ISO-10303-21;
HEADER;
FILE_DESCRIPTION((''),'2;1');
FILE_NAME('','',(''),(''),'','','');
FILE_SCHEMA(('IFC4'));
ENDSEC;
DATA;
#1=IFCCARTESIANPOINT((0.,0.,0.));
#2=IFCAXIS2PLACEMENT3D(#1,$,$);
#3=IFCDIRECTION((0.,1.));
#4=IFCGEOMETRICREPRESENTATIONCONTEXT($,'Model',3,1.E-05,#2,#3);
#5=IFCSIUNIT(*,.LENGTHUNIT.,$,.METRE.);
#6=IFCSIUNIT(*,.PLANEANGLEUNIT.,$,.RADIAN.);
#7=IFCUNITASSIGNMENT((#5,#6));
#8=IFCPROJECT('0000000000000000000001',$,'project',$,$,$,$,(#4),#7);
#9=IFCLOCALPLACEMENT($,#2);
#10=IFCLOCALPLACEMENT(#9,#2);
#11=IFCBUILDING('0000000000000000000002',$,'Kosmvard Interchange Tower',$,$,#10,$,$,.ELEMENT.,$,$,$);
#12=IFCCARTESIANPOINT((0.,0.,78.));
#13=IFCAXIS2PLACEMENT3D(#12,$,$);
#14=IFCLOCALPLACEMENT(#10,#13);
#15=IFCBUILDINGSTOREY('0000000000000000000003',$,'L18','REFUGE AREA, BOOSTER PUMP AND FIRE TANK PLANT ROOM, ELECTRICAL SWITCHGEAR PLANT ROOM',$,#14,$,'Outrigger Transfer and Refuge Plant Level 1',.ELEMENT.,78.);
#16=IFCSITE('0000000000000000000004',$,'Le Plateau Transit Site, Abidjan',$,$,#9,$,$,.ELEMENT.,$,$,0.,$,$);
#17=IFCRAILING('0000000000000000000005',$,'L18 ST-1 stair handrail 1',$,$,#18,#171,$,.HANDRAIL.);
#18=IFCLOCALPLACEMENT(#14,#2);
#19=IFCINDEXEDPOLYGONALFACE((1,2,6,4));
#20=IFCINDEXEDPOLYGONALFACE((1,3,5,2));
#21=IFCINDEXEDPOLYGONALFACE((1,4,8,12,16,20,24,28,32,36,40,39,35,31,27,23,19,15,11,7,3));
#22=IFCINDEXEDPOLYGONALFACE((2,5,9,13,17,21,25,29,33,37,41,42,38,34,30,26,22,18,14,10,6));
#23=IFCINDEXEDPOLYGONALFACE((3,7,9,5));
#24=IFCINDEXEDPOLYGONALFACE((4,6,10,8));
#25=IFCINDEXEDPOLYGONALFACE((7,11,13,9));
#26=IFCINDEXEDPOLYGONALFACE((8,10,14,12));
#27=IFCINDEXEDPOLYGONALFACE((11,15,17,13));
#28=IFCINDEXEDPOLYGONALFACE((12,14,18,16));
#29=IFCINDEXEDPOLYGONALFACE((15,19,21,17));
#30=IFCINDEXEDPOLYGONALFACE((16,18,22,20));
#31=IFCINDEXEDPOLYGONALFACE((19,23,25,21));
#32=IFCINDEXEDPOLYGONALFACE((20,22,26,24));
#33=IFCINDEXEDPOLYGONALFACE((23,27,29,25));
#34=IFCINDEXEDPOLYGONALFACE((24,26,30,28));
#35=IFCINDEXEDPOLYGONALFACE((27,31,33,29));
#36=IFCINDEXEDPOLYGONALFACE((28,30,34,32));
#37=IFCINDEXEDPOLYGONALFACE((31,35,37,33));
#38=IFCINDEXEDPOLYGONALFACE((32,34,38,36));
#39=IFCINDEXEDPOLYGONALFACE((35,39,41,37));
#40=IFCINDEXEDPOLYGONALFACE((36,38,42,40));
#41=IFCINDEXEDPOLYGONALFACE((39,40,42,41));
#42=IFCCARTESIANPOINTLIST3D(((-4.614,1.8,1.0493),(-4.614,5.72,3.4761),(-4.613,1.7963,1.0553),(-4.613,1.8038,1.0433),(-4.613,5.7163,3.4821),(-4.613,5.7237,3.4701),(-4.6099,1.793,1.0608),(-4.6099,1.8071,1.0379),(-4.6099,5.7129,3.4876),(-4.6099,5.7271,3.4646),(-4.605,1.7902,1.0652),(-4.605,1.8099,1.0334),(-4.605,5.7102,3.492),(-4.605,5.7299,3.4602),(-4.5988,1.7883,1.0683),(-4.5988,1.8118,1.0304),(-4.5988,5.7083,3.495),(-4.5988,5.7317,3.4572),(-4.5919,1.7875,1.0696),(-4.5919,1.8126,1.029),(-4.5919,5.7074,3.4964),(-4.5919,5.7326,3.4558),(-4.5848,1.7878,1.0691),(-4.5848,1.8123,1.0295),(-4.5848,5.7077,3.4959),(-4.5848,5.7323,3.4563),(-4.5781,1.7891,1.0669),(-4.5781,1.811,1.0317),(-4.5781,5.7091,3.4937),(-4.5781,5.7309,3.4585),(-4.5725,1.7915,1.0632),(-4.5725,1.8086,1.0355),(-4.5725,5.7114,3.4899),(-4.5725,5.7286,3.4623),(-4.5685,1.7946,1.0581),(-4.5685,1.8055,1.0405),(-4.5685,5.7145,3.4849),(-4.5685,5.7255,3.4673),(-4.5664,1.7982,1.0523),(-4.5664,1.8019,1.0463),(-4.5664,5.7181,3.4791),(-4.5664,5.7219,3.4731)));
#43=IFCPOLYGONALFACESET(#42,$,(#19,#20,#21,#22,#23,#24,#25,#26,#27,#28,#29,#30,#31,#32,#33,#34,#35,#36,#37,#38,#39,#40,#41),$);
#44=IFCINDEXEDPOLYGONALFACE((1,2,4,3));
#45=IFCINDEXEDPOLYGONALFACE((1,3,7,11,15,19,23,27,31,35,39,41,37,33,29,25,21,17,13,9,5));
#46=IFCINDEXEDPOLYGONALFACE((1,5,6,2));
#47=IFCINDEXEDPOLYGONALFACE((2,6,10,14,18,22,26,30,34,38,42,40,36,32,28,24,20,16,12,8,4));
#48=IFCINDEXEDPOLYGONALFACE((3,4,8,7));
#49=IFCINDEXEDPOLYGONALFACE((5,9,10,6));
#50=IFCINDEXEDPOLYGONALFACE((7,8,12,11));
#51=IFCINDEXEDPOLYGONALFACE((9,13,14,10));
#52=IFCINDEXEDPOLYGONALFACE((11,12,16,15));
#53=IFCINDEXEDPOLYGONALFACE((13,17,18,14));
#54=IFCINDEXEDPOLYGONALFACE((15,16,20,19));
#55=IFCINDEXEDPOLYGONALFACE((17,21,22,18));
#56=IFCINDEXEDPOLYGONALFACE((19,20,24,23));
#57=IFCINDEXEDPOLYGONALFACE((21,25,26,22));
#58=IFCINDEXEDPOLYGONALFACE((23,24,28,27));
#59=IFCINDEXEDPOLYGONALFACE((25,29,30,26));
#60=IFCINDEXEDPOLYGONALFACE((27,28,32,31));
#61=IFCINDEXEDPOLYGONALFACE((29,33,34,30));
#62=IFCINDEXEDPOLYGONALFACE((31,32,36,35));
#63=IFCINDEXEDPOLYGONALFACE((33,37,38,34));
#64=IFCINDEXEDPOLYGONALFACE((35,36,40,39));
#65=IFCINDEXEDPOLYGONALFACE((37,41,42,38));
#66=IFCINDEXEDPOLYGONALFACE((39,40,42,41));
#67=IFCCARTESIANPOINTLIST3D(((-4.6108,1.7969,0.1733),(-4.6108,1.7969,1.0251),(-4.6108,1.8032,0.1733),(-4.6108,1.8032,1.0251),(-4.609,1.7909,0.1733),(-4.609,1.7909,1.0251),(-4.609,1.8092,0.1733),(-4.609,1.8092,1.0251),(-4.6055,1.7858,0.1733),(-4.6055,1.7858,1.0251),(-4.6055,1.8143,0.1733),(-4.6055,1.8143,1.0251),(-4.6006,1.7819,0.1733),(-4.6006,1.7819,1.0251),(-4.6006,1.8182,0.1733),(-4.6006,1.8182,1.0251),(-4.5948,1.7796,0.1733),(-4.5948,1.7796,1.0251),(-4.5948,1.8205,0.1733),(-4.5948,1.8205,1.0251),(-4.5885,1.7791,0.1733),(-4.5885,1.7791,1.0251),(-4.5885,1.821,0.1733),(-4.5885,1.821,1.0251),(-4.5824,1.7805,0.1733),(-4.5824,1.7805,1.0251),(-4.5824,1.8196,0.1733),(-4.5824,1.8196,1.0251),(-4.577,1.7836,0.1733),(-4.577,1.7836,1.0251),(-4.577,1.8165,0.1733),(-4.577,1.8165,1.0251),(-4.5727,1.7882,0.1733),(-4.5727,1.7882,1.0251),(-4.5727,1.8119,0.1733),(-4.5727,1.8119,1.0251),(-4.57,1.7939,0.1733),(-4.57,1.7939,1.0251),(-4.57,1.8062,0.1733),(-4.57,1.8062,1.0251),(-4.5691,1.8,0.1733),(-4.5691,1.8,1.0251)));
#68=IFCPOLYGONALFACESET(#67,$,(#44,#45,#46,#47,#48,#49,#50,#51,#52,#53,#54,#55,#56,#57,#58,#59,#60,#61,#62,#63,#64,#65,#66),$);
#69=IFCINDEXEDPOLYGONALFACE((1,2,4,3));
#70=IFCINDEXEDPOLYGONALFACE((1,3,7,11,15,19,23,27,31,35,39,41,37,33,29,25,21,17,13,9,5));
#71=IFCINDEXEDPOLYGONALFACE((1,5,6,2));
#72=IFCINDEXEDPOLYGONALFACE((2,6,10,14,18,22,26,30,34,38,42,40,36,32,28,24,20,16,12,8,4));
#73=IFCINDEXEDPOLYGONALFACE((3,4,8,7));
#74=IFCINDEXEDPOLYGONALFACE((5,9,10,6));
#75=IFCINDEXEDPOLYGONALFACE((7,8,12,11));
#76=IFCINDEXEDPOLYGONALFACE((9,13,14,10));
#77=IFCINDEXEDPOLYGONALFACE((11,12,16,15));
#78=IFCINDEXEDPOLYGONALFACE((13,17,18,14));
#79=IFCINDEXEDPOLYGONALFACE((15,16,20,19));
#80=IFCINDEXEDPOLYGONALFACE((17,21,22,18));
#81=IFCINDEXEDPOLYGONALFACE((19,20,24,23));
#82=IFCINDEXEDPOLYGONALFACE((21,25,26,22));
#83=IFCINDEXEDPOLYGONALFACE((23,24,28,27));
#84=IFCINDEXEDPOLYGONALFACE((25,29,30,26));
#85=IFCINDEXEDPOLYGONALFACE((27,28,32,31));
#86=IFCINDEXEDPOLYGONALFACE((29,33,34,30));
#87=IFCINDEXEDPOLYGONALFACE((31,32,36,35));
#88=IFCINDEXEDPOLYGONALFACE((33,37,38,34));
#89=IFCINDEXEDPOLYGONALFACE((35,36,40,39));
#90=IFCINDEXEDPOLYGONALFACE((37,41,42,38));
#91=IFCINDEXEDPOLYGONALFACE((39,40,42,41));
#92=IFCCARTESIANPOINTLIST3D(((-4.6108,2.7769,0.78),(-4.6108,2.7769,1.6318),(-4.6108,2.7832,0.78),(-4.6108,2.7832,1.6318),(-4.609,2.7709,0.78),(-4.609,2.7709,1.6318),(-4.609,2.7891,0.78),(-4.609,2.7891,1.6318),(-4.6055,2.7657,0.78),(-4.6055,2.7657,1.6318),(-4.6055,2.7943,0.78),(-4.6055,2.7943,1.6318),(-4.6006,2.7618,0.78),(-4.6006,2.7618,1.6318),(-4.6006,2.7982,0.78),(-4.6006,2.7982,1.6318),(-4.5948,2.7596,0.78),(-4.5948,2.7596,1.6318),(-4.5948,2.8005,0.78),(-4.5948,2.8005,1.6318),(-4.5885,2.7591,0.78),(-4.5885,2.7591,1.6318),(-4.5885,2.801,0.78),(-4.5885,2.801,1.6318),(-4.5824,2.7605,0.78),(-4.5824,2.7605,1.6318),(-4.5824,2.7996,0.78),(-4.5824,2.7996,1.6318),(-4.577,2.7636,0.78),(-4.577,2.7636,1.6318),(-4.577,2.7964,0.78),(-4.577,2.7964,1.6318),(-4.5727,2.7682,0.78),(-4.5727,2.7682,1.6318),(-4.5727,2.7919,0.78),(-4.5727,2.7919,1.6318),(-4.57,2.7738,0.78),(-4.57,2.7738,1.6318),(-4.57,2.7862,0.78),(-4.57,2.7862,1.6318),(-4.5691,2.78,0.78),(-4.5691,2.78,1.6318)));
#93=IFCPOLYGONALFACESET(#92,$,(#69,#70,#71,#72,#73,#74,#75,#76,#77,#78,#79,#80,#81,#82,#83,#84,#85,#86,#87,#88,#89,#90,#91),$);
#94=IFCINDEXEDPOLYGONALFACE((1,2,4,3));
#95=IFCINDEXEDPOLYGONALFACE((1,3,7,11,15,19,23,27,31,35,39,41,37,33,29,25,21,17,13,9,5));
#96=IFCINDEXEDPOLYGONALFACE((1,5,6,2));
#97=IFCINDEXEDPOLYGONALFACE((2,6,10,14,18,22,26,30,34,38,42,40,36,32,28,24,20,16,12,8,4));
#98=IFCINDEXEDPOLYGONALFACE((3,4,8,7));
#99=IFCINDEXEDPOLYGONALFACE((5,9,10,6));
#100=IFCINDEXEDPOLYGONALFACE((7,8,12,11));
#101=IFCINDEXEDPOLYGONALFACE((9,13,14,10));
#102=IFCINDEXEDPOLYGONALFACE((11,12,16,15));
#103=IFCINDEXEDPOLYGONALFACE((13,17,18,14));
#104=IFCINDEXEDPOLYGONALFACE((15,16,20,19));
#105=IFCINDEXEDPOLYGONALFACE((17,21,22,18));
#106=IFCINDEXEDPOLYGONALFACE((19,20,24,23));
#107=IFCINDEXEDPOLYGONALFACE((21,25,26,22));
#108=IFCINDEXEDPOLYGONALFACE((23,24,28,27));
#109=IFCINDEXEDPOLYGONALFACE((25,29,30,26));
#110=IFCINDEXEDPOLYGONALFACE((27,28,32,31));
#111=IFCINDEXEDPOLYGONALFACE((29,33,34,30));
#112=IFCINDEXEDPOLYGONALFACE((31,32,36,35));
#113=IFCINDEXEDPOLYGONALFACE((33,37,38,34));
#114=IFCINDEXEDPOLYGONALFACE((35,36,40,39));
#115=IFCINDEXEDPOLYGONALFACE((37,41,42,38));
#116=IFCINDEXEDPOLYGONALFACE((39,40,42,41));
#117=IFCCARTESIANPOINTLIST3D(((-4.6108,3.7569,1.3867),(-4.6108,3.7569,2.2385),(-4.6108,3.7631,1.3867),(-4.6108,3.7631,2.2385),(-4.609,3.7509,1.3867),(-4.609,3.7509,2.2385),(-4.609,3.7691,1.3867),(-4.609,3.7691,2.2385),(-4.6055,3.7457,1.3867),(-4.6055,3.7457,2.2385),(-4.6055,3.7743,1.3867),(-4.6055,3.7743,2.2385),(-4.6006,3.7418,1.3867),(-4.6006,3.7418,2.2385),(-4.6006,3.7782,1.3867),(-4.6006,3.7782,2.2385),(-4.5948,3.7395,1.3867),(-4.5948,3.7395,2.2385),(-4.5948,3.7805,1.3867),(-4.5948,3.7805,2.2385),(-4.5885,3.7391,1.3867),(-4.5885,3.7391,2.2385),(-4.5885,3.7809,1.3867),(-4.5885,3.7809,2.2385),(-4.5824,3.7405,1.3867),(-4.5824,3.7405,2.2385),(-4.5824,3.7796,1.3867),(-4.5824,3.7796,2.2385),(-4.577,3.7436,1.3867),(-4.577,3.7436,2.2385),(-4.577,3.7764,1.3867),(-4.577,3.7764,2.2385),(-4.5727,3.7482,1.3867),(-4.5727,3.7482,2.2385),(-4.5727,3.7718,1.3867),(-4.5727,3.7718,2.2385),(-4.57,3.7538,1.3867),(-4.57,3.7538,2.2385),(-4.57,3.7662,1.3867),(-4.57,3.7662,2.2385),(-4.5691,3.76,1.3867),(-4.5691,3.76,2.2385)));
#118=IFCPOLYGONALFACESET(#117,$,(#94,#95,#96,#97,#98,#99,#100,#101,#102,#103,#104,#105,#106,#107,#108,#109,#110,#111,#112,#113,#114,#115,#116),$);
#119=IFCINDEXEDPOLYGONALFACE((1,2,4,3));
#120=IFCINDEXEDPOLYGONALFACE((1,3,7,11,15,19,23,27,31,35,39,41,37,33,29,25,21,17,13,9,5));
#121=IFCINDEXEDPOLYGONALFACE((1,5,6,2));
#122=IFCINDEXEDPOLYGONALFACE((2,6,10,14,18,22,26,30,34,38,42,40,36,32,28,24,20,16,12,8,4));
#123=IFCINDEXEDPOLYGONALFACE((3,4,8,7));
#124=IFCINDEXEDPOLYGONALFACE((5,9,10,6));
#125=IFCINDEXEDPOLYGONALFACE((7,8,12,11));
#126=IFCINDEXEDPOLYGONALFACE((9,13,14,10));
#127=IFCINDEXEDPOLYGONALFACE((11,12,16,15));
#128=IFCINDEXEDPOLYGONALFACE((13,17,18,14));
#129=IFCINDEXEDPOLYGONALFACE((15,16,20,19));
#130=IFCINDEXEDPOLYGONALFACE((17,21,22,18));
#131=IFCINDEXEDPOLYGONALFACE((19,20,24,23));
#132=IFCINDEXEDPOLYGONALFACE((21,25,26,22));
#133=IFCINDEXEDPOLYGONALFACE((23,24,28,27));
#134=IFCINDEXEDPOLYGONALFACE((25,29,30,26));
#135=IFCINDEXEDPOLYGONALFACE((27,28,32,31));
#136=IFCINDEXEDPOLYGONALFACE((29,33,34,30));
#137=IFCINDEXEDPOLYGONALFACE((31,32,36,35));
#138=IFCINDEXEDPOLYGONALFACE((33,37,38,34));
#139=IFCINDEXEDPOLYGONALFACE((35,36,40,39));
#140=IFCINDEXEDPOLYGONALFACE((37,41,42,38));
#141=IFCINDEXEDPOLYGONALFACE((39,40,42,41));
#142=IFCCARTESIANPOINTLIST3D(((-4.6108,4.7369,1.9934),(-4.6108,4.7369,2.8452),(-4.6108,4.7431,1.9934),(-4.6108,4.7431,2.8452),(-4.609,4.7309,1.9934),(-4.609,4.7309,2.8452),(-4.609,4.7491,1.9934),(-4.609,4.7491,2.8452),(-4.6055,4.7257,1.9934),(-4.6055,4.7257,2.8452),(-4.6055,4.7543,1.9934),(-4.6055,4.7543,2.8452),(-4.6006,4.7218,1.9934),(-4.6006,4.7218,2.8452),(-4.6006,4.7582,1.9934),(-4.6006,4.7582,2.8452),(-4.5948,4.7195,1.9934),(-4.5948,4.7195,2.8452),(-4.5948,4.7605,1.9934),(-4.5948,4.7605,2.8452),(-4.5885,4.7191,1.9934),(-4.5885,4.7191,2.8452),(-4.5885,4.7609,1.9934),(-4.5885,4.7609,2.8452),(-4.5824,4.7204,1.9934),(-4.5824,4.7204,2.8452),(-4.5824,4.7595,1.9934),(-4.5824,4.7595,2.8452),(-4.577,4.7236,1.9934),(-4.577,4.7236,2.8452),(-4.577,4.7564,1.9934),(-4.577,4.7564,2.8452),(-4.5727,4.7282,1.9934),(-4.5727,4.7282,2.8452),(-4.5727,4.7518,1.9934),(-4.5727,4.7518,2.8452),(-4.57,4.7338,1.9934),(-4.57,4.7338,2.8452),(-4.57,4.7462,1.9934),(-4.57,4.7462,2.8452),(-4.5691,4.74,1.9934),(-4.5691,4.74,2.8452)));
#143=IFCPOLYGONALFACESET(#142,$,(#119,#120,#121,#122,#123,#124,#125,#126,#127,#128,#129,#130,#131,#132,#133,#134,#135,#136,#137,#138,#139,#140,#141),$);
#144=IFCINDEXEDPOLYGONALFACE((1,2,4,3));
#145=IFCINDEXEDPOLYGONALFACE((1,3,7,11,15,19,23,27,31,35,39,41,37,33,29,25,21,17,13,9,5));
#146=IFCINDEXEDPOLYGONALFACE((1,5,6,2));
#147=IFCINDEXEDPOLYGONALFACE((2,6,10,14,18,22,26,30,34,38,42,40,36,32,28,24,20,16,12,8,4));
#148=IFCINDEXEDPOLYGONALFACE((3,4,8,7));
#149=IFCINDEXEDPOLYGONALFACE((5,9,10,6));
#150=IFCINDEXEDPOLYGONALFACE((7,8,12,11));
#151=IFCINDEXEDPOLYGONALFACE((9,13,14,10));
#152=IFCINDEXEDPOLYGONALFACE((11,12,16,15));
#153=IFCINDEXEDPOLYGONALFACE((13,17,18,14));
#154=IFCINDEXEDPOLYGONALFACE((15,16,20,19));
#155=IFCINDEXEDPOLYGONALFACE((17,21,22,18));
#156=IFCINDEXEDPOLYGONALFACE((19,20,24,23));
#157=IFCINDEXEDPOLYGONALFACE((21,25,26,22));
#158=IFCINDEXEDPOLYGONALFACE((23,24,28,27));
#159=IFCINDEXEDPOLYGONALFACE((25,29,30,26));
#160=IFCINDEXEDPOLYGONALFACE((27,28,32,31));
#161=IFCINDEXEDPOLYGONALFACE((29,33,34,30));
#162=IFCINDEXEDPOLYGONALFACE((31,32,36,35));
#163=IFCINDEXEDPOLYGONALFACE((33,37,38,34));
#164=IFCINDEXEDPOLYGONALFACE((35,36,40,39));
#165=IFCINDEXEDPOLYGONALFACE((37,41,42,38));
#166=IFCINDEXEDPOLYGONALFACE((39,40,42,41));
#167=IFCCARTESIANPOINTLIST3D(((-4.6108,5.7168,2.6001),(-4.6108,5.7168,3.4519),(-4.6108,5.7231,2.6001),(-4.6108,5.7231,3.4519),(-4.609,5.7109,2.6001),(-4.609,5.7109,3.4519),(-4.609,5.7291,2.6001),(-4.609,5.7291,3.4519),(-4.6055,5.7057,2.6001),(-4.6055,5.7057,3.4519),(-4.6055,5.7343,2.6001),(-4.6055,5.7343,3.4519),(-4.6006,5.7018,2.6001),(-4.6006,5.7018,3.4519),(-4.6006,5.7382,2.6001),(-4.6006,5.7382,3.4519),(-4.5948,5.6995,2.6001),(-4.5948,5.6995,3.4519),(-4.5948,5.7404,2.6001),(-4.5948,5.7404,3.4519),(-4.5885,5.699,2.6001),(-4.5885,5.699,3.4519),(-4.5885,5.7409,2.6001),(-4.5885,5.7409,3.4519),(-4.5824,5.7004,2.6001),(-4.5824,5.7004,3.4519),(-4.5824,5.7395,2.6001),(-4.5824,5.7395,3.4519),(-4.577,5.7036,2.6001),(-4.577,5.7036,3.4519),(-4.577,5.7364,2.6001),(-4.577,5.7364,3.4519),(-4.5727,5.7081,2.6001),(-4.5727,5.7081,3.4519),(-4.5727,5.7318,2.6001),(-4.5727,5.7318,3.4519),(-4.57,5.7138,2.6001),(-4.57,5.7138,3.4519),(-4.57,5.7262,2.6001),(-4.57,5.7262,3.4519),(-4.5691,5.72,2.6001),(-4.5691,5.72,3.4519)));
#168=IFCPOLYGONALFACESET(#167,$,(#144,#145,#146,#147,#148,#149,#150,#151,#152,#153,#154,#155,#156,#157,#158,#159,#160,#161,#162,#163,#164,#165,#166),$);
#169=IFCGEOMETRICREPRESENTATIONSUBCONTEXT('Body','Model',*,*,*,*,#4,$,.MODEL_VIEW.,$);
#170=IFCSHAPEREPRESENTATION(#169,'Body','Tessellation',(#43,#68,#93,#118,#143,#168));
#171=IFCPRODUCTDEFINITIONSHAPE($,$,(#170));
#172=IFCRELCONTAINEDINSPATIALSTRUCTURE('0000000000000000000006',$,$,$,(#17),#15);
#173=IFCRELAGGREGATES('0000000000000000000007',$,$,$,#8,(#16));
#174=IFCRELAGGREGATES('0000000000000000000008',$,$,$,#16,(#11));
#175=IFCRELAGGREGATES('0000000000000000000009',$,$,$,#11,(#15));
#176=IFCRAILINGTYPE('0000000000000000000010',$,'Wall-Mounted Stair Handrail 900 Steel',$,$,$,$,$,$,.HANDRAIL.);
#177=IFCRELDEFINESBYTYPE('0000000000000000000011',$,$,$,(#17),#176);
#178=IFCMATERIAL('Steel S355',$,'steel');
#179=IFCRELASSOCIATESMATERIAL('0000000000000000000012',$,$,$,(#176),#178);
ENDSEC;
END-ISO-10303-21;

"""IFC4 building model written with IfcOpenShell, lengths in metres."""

from ifc_helpers import new_model, si_unit, direction, frame, origin, origin_2d, place, context, subcontext, project, spatial, circle, extrude, source, transform, mapped, material, type_object, element, save


model = new_model("IFC4")

# Units and contexts
model_context = context("Model", 3, precision=1e-05, world=origin(), true_north=direction((0.0, 1.0)))
body_context = subcontext(model_context, "Body", "Model", "MODEL_VIEW")
ifc_project = project(units=[si_unit("LENGTHUNIT", "METRE"), si_unit("PLANEANGLEUNIT", "RADIAN")], contexts=[model_context])

# Site, building, storey
site_placement = place(None, origin())
site = spatial("IfcSite", under=ifc_project, at=site_placement, Name="Le Plateau Transit Site, Abidjan", CompositionType="ELEMENT", RefElevation=0.0)
building_placement = place(site_placement, origin())
building = spatial("IfcBuilding", under=site, at=building_placement, Name="Kosmvard Interchange Tower", CompositionType="ELEMENT")
storey_placement = place(building_placement, frame((0.0, 0.0, 78.0)))
storey = spatial("IfcBuildingStorey", under=building, at=storey_placement, Name="L18", Description="REFUGE AREA, BOOSTER PUMP AND FIRE TANK PLANT ROOM, ELECTRICAL SWITCHGEAR PLANT ROOM", LongName="Outrigger Transfer and Refuge Plant Level 1", CompositionType="ELEMENT", Elevation=78.0)

# Railing
ifc_material_1 = material(Name="Steel S355", Category="steel")
railing_type_1 = type_object("IfcRailingType", Name="Wall-Mounted Stair Handrail 900 Steel", PredefinedType="HANDRAIL", material=ifc_material_1)
shared_shape_1 = source(origin(), body_context, "Body", "SweptSolid", [
    extrude(circle(Radius=0.0239, at=origin_2d()), frame((0.0, 0.0, 0.876), z_axis=(0.0, 0.850252, 0.526376), x_axis=(-1.0, 0.0, 0.0)), (0.0, 0.0, 1.0), 4.6104),
    extrude(circle(Radius=0.021, at=origin_2d()), origin(), (0.0, 0.0, 1.0), 0.8518),
    extrude(circle(Radius=0.021, at=origin_2d()), frame((0.0, 0.98, 0.6067)), (0.0, 0.0, 1.0), 0.8518),
    extrude(circle(Radius=0.021, at=origin_2d()), frame((0.0, 1.96, 1.2134)), (0.0, 0.0, 1.0), 0.8518),
    extrude(circle(Radius=0.021, at=origin_2d()), frame((0.0, 2.9399, 1.8201)), (0.0, 0.0, 1.0), 0.8518),
    extrude(circle(Radius=0.021, at=origin_2d()), frame((0.0, 3.9199, 2.4268)), (0.0, 0.0, 1.0), 0.8518),
])
railing_1_placement = place(storey_placement, frame((-4.5901, 1.8, 0.1733)))
element("IfcRailing", 1, at=railing_1_placement, inside=storey, type_object=railing_type_1, Name="L18 ST-1 stair handrail 1", PredefinedType="HANDRAIL", context=body_context, shape_type="MappedRepresentation", body=[
    mapped(shared_shape_1, transform((0.0, 0.0, 0.0), scale=1.0)),
])

save(model, "model.ifc")
